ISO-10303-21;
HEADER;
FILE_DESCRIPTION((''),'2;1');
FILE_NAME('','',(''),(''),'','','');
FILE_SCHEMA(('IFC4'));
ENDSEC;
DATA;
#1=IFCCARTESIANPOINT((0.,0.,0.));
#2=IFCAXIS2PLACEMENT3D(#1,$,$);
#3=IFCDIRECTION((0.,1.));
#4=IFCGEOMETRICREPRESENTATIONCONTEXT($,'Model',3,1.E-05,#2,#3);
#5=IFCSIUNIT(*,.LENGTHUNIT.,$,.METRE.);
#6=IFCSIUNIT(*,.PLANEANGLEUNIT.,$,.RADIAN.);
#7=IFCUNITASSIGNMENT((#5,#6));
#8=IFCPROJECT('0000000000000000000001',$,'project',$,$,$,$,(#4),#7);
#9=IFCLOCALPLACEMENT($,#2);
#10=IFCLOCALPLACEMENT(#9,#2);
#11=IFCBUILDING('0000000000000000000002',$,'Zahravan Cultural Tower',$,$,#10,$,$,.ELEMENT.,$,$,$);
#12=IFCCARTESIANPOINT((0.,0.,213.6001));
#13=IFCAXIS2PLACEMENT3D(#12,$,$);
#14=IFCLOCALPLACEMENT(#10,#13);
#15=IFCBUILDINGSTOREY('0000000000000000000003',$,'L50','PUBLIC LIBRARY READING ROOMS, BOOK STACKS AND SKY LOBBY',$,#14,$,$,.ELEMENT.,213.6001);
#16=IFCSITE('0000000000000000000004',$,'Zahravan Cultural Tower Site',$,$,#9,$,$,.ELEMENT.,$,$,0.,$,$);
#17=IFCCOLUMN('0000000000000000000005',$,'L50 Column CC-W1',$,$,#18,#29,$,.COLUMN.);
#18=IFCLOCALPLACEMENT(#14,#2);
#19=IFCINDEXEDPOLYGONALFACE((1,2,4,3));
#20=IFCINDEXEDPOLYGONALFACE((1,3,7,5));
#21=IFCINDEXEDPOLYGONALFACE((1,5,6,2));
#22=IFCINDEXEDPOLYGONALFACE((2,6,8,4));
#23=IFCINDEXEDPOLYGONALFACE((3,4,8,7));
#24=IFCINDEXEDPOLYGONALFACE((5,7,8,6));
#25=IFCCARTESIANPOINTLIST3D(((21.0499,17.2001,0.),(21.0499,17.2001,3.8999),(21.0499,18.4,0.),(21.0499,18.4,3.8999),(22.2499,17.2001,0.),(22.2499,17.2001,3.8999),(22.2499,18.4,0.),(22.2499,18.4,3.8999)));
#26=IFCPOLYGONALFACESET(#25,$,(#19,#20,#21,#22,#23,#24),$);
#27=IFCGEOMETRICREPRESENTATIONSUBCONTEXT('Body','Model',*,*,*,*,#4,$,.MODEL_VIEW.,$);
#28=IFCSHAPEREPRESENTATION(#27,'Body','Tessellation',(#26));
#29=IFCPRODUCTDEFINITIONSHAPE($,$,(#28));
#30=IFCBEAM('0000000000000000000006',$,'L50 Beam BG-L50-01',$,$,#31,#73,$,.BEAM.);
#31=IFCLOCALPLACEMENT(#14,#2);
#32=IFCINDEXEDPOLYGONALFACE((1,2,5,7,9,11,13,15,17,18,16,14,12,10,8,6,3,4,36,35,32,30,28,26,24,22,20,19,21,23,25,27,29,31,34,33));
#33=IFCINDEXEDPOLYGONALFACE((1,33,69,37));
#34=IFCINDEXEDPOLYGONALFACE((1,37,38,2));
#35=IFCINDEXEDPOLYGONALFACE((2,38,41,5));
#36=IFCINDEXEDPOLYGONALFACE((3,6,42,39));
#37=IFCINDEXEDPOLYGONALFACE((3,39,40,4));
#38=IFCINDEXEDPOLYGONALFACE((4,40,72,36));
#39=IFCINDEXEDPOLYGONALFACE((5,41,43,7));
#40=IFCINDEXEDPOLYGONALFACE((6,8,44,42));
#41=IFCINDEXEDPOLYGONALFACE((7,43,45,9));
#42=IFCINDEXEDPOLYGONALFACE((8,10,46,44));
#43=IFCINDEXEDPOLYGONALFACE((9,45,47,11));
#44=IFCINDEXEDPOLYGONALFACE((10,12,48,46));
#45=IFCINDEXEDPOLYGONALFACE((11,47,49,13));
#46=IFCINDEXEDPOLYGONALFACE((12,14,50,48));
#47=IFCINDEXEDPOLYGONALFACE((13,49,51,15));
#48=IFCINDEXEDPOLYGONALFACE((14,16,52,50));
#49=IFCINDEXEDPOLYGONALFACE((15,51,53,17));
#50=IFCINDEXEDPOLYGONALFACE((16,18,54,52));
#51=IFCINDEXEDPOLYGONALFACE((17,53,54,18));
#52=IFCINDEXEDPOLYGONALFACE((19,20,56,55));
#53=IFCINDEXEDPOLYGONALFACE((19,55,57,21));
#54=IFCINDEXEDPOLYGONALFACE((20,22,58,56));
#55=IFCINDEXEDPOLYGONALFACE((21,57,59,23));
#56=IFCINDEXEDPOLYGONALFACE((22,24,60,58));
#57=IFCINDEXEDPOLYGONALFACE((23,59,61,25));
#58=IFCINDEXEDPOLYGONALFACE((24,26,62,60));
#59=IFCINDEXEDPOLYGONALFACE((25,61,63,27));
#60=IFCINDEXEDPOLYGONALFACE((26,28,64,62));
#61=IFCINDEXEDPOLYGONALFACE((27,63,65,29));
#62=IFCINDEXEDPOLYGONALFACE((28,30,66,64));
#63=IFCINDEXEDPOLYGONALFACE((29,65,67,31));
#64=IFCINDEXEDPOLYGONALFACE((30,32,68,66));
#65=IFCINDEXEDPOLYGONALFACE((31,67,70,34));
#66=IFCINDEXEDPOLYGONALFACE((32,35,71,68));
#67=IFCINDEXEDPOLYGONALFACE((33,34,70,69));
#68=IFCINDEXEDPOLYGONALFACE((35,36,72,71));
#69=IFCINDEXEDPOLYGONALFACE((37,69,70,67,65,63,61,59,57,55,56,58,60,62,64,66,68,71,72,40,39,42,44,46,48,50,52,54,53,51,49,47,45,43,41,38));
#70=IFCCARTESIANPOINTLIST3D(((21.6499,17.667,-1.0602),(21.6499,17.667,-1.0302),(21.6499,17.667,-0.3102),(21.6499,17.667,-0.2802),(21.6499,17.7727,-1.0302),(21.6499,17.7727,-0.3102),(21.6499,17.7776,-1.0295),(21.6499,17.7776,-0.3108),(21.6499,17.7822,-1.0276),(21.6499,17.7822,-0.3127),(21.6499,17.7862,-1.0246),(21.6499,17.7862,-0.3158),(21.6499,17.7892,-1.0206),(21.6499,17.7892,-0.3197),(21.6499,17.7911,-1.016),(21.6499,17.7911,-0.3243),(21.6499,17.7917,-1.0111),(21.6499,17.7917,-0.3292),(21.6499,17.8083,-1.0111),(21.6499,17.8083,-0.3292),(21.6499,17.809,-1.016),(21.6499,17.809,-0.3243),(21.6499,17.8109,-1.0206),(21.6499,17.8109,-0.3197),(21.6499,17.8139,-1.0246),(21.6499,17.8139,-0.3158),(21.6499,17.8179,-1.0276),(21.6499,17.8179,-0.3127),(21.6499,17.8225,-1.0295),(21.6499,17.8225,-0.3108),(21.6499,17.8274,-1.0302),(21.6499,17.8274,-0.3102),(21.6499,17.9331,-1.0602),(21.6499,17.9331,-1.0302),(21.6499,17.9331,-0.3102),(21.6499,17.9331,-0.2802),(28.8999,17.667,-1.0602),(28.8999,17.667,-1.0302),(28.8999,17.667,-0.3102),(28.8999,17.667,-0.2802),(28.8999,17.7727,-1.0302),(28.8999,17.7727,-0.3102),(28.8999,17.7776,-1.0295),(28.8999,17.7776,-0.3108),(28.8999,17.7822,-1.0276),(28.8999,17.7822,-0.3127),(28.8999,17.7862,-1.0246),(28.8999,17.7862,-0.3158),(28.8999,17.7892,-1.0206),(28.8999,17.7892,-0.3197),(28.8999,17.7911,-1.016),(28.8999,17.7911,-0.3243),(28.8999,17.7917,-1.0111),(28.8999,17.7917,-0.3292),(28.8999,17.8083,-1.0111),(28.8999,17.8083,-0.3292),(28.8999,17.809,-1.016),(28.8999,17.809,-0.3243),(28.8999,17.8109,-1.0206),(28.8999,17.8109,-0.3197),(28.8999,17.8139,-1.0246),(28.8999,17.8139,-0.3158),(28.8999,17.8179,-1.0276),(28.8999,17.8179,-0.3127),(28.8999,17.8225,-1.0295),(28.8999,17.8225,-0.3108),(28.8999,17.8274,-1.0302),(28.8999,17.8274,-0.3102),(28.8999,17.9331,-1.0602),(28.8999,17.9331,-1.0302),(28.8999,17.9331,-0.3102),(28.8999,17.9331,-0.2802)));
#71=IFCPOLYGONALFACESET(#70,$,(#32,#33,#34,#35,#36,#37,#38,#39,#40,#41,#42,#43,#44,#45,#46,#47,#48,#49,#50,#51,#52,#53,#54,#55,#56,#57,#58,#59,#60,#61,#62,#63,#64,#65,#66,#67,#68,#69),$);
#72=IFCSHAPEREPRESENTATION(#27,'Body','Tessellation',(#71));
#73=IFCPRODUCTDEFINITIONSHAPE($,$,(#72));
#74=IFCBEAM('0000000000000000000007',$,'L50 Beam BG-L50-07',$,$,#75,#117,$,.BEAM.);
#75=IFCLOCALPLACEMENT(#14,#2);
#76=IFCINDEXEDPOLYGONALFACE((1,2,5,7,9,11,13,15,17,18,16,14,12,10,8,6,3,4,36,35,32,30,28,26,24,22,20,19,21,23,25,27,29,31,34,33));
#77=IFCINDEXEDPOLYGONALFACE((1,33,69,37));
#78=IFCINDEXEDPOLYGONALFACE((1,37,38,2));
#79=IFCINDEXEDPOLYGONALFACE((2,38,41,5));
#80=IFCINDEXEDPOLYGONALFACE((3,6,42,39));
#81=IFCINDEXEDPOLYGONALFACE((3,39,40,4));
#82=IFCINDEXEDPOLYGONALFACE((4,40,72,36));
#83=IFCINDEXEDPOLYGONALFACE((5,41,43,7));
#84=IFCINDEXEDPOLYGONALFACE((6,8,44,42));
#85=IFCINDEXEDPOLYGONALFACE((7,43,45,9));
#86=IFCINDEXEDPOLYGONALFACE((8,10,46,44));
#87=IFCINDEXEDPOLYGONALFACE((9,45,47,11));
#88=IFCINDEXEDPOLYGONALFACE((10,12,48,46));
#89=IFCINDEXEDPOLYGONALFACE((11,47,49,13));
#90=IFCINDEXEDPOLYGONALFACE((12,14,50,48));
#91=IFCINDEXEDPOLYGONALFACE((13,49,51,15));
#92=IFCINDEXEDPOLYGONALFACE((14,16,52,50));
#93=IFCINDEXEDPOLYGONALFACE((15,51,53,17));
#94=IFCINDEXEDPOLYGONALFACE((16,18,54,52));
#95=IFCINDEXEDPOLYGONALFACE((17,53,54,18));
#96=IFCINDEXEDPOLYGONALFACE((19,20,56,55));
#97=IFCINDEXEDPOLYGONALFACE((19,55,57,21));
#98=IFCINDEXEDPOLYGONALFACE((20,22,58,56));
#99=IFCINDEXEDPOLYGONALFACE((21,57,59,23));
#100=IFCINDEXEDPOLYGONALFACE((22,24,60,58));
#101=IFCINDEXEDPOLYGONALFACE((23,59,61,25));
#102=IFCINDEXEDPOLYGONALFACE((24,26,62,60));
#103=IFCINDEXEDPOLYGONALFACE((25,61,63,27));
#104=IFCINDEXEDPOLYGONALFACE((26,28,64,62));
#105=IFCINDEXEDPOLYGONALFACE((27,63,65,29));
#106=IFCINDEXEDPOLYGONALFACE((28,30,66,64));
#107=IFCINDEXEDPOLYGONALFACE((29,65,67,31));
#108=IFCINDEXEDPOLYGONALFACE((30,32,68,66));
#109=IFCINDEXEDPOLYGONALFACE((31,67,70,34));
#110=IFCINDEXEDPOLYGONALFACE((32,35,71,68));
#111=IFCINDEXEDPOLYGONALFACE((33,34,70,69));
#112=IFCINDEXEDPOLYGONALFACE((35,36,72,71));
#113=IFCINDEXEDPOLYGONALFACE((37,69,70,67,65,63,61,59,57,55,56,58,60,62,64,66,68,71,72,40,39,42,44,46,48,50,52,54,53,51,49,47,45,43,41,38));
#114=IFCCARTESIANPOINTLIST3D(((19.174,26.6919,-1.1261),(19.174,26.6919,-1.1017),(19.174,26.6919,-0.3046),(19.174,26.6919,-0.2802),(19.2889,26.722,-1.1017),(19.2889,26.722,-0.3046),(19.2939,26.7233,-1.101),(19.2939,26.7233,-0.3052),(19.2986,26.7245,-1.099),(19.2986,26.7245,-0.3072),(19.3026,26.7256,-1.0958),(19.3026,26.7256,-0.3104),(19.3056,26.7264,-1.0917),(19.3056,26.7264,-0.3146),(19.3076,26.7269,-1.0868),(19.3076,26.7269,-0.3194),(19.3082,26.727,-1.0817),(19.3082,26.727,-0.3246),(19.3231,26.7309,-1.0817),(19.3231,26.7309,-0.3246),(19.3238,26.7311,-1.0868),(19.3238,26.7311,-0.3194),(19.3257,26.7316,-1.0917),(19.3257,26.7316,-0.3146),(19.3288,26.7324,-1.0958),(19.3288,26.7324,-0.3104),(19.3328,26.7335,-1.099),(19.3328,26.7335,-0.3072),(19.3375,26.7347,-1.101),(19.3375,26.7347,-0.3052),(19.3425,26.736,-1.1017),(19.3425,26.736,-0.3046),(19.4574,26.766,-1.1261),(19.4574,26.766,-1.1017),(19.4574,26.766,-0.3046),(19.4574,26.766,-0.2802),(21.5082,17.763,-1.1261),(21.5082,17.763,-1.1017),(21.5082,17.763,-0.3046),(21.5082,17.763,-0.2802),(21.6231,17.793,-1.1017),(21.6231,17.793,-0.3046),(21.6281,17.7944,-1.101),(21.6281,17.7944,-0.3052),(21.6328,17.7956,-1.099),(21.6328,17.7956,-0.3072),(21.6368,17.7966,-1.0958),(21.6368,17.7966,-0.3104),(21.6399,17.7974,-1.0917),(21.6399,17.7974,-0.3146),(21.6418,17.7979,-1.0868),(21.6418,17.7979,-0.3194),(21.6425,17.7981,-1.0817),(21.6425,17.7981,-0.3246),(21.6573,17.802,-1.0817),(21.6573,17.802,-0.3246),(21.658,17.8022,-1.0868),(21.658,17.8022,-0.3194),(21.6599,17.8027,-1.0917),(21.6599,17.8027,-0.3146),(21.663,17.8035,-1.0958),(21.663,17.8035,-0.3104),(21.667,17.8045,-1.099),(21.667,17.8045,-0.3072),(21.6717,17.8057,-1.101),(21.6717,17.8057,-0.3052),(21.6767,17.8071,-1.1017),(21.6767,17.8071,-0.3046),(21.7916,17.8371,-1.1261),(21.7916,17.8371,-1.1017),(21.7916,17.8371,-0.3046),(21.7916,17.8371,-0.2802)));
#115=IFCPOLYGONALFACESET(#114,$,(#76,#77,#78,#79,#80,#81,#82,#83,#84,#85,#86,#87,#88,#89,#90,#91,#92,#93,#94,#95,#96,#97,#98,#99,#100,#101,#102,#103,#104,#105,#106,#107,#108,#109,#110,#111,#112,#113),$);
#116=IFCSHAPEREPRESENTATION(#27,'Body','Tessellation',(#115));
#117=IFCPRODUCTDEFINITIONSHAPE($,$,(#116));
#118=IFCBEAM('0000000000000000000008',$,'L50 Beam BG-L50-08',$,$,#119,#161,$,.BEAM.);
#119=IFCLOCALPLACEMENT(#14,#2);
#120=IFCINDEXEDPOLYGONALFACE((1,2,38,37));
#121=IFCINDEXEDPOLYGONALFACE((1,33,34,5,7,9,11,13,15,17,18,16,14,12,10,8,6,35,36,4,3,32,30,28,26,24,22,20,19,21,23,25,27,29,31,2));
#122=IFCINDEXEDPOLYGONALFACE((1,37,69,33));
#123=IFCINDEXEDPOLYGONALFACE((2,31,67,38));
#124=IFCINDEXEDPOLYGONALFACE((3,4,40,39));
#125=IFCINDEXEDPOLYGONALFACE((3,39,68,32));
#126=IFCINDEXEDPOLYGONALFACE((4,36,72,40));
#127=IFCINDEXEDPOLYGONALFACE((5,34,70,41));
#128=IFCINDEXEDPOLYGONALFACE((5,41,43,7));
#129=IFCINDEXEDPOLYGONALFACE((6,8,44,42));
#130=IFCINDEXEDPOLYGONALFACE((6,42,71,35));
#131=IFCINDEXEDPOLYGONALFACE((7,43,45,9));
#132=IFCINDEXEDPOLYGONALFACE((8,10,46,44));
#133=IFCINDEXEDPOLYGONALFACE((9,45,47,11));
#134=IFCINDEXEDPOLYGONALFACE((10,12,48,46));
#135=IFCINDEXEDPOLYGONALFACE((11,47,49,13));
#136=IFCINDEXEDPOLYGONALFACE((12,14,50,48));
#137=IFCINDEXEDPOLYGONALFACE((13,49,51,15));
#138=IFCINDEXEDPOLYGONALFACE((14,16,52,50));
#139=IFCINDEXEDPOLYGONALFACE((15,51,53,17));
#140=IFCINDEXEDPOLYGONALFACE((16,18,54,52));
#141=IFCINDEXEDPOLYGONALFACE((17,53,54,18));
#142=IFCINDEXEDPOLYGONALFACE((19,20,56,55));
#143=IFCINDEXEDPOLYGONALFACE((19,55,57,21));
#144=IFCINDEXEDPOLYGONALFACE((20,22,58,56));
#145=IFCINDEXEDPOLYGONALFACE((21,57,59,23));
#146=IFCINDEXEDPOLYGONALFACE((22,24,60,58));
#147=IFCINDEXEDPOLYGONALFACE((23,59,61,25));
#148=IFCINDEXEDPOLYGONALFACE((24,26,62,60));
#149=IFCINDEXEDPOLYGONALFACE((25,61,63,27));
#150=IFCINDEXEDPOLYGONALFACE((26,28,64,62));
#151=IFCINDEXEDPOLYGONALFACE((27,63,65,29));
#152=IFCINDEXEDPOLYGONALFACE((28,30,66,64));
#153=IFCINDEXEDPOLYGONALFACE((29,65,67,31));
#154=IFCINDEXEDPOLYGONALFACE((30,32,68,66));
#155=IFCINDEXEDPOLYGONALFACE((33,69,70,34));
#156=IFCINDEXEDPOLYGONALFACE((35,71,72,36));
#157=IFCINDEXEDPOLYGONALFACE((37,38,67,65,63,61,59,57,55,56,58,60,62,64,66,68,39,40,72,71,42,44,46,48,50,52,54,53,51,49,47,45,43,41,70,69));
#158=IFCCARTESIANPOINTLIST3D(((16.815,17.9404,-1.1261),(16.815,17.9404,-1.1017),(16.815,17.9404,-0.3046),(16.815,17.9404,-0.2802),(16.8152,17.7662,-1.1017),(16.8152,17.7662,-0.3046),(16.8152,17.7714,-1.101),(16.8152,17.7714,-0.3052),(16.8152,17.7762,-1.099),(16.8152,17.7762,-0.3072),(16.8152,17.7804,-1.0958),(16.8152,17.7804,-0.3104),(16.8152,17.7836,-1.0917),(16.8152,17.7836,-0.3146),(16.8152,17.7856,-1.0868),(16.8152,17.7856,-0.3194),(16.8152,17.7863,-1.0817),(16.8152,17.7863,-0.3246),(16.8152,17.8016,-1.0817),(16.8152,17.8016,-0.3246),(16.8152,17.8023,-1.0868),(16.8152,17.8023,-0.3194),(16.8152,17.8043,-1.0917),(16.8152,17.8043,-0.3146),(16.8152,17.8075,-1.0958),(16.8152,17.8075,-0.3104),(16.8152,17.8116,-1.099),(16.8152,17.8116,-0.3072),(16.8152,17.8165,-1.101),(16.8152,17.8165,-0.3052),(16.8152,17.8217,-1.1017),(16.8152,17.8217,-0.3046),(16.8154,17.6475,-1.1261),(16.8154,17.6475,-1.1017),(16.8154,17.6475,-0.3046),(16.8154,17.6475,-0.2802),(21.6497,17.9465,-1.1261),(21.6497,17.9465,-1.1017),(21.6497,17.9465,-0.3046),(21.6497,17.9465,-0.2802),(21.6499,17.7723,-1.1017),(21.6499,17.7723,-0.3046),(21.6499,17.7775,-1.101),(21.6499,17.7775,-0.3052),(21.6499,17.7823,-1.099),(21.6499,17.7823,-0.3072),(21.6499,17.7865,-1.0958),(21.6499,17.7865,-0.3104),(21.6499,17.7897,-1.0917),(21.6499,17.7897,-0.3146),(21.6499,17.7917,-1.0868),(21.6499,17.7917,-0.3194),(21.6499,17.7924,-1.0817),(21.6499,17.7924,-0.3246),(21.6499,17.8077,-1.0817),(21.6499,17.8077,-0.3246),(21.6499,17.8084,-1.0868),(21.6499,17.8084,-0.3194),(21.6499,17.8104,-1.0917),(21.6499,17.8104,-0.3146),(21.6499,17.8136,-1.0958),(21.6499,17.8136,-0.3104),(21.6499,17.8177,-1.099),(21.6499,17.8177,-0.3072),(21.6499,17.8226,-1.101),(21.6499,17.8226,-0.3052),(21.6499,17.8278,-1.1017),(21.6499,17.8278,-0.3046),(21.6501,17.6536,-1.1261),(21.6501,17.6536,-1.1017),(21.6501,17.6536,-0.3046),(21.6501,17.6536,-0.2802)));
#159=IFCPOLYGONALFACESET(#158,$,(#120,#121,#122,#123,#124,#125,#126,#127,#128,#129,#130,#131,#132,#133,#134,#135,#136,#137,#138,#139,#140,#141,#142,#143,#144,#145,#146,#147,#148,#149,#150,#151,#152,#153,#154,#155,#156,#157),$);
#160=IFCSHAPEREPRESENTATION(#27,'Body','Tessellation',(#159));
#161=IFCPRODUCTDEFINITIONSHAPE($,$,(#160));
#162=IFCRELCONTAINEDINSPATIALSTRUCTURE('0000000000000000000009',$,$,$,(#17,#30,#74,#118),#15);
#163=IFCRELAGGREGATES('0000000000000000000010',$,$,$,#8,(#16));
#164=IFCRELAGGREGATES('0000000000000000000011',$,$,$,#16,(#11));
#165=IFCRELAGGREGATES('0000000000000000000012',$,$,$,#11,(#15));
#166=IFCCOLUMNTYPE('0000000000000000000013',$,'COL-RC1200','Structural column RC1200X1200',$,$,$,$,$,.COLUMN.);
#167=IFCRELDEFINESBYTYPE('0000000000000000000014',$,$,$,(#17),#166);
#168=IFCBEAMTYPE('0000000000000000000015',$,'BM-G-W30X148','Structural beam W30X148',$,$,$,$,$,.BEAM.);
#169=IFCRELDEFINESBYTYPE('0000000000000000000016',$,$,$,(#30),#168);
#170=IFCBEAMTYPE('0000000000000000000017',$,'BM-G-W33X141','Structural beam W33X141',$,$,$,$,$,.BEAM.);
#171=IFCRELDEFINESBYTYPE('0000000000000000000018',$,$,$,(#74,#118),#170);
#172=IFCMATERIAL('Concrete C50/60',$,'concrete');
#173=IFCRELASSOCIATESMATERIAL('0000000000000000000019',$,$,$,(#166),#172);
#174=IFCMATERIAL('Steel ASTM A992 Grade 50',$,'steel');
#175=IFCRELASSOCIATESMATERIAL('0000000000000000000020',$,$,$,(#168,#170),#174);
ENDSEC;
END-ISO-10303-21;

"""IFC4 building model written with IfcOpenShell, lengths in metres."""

from ifc_helpers import new_model, si_unit, direction, frame, origin, origin_2d, place, context, subcontext, project, spatial, rectangle, i_section, extrude, source, transform, mapped, material, material_profile, profile_set, type_object, element, save


model = new_model("IFC4")

# Units and contexts
model_context = context("Model", 3, precision=1e-05, world=origin(), true_north=direction((0.0, 1.0)))
body_context = subcontext(model_context, "Body", "Model", "MODEL_VIEW")
ifc_project = project(units=[si_unit("LENGTHUNIT", "METRE"), si_unit("PLANEANGLEUNIT", "RADIAN")], contexts=[model_context])

# Site, building, storey
site_placement = place(None, origin())
site = spatial("IfcSite", under=ifc_project, at=site_placement, Name="Zahravan Cultural Tower Site", CompositionType="ELEMENT", RefElevation=0.0)
building_placement = place(site_placement, origin())
building = spatial("IfcBuilding", under=site, at=building_placement, Name="Zahravan Cultural Tower", CompositionType="ELEMENT")
storey_placement = place(building_placement, frame((0.0, 0.0, 213.6001)))
storey = spatial("IfcBuildingStorey", under=building, at=storey_placement, Name="L50", Description="PUBLIC LIBRARY READING ROOMS, BOOK STACKS AND SKY LOBBY", CompositionType="ELEMENT", Elevation=213.6001)

# Column
ifc_material_1 = material(Name="Concrete C50/60", Category="concrete")
ifc_material_profile_1 = material_profile(ifc_material_1, rectangle(XDim=1.2, YDim=1.2, at=origin_2d()), Name="RC1200X1200")
ifc_profile_set_1 = profile_set([ifc_material_profile_1], Name="Concrete C50/60")
column_type = type_object("IfcColumnType", Name="COL-RC1200", Description="Structural column RC1200X1200", PredefinedType="COLUMN", material=ifc_profile_set_1)
shared_shape_1 = source(origin(), body_context, "Body", "SweptSolid", [
    extrude(rectangle(XDim=1.2, YDim=1.2, at=origin_2d()), origin(), (0.0, 0.0, 1.0), 3.8999),
])
column_placement = place(storey_placement, frame((21.6499, 17.8, 0.0), z_axis=(0.0, 0.0, 1.0), x_axis=(1.0, 0.0, 0.0)))
element("IfcColumn", 1, at=column_placement, inside=storey, type_object=column_type, Name="L50 Column CC-W1", PredefinedType="COLUMN", context=body_context, shape_type="MappedRepresentation", body=[
    mapped(shared_shape_1, transform((0.0, 0.0, 0.0), x_axis=(1.0, 0.0, 0.0), y_axis=(0.0, 1.0, 0.0), z_axis=(0.0, 0.0, 1.0), scale=1.0)),
])

# Beams
ifc_material_2 = material(Name="Steel ASTM A992 Grade 50", Category="steel")
ifc_material_profile_2 = material_profile(ifc_material_2, i_section(OverallWidth=0.2661, OverallDepth=0.78, WebThickness=0.0166, FlangeThickness=0.03, FilletRadius=0.019, at=origin_2d()), Name="W30X148")
ifc_profile_set_2 = profile_set([ifc_material_profile_2], Name="Steel ASTM A992 Grade 50")
beam_type_1 = type_object("IfcBeamType", Name="BM-G-W30X148", Description="Structural beam W30X148", PredefinedType="BEAM", material=ifc_profile_set_2)
shared_shape_2 = source(origin(), body_context, "Body", "SweptSolid", [
    extrude(i_section(OverallWidth=0.2661, OverallDepth=0.78, WebThickness=0.0166, FlangeThickness=0.03, FilletRadius=0.019, at=origin_2d()), origin(), (0.0, 0.0, 1.0), 7.25),
])
beam_1_placement = place(storey_placement, frame((21.6499, 17.8, -0.6702), z_axis=(1.0, 0.0, 0.0), x_axis=(0.0, 1.0, 0.0)))
element("IfcBeam", 2, at=beam_1_placement, inside=storey, type_object=beam_type_1, Name="L50 Beam BG-L50-01", PredefinedType="BEAM", context=body_context, shape_type="MappedRepresentation", body=[
    mapped(shared_shape_2, transform((0.0, 0.0, 0.0), x_axis=(1.0, 0.0, 0.0), y_axis=(0.0, 1.0, 0.0), z_axis=(0.0, 0.0, 1.0), scale=1.0)),
])
ifc_material_profile_3 = material_profile(ifc_material_2, i_section(OverallWidth=0.293, OverallDepth=0.8459, WebThickness=0.0154, FlangeThickness=0.0244, FilletRadius=0.02, at=origin_2d()), Name="W33X141")
ifc_profile_set_3 = profile_set([ifc_material_profile_3], Name="Steel ASTM A992 Grade 50")
beam_type_2 = type_object("IfcBeamType", Name="BM-G-W33X141", Description="Structural beam W33X141", PredefinedType="BEAM", material=ifc_profile_set_3)
shared_shape_3 = source(origin(), body_context, "Body", "SweptSolid", [
    extrude(i_section(OverallWidth=0.293, OverallDepth=0.8459, WebThickness=0.0154, FlangeThickness=0.0244, FilletRadius=0.02, at=origin_2d()), origin(), (0.0, 0.0, 1.0), 9.229),
])
beam_2_placement = place(storey_placement, frame((21.6499, 17.8, -0.7031), z_axis=(-0.252923, 0.967487, 0.0), x_axis=(-0.967487, -0.252923, 0.0)))
element("IfcBeam", 3, at=beam_2_placement, inside=storey, type_object=beam_type_2, Name="L50 Beam BG-L50-07", PredefinedType="BEAM", context=body_context, shape_type="MappedRepresentation", body=[
    mapped(shared_shape_3, transform((0.0, 0.0, 0.0), x_axis=(1.0, 0.0, 0.0), y_axis=(0.0, 1.0, 0.0), z_axis=(0.0, 0.0, 1.0), scale=1.0)),
])
shared_shape_4 = source(origin(), body_context, "Body", "SweptSolid", [
    extrude(i_section(OverallWidth=0.293, OverallDepth=0.8459, WebThickness=0.0154, FlangeThickness=0.0244, FilletRadius=0.02, at=origin_2d()), origin(), (0.0, 0.0, 1.0), 4.8347),
])
beam_3_placement = place(storey_placement, frame((21.6499, 17.8, -0.7031), z_axis=(-0.999999, -0.001262, 0.0), x_axis=(0.001262, -0.999999, 0.0)))
element("IfcBeam", 4, at=beam_3_placement, inside=storey, type_object=beam_type_2, Name="L50 Beam BG-L50-08", PredefinedType="BEAM", context=body_context, shape_type="MappedRepresentation", body=[
    mapped(shared_shape_4, transform((0.0, 0.0, 0.0), x_axis=(1.0, 0.0, 0.0), y_axis=(0.0, 1.0, 0.0), z_axis=(0.0, 0.0, 1.0), scale=1.0)),
])

save(model, "model.ifc")
